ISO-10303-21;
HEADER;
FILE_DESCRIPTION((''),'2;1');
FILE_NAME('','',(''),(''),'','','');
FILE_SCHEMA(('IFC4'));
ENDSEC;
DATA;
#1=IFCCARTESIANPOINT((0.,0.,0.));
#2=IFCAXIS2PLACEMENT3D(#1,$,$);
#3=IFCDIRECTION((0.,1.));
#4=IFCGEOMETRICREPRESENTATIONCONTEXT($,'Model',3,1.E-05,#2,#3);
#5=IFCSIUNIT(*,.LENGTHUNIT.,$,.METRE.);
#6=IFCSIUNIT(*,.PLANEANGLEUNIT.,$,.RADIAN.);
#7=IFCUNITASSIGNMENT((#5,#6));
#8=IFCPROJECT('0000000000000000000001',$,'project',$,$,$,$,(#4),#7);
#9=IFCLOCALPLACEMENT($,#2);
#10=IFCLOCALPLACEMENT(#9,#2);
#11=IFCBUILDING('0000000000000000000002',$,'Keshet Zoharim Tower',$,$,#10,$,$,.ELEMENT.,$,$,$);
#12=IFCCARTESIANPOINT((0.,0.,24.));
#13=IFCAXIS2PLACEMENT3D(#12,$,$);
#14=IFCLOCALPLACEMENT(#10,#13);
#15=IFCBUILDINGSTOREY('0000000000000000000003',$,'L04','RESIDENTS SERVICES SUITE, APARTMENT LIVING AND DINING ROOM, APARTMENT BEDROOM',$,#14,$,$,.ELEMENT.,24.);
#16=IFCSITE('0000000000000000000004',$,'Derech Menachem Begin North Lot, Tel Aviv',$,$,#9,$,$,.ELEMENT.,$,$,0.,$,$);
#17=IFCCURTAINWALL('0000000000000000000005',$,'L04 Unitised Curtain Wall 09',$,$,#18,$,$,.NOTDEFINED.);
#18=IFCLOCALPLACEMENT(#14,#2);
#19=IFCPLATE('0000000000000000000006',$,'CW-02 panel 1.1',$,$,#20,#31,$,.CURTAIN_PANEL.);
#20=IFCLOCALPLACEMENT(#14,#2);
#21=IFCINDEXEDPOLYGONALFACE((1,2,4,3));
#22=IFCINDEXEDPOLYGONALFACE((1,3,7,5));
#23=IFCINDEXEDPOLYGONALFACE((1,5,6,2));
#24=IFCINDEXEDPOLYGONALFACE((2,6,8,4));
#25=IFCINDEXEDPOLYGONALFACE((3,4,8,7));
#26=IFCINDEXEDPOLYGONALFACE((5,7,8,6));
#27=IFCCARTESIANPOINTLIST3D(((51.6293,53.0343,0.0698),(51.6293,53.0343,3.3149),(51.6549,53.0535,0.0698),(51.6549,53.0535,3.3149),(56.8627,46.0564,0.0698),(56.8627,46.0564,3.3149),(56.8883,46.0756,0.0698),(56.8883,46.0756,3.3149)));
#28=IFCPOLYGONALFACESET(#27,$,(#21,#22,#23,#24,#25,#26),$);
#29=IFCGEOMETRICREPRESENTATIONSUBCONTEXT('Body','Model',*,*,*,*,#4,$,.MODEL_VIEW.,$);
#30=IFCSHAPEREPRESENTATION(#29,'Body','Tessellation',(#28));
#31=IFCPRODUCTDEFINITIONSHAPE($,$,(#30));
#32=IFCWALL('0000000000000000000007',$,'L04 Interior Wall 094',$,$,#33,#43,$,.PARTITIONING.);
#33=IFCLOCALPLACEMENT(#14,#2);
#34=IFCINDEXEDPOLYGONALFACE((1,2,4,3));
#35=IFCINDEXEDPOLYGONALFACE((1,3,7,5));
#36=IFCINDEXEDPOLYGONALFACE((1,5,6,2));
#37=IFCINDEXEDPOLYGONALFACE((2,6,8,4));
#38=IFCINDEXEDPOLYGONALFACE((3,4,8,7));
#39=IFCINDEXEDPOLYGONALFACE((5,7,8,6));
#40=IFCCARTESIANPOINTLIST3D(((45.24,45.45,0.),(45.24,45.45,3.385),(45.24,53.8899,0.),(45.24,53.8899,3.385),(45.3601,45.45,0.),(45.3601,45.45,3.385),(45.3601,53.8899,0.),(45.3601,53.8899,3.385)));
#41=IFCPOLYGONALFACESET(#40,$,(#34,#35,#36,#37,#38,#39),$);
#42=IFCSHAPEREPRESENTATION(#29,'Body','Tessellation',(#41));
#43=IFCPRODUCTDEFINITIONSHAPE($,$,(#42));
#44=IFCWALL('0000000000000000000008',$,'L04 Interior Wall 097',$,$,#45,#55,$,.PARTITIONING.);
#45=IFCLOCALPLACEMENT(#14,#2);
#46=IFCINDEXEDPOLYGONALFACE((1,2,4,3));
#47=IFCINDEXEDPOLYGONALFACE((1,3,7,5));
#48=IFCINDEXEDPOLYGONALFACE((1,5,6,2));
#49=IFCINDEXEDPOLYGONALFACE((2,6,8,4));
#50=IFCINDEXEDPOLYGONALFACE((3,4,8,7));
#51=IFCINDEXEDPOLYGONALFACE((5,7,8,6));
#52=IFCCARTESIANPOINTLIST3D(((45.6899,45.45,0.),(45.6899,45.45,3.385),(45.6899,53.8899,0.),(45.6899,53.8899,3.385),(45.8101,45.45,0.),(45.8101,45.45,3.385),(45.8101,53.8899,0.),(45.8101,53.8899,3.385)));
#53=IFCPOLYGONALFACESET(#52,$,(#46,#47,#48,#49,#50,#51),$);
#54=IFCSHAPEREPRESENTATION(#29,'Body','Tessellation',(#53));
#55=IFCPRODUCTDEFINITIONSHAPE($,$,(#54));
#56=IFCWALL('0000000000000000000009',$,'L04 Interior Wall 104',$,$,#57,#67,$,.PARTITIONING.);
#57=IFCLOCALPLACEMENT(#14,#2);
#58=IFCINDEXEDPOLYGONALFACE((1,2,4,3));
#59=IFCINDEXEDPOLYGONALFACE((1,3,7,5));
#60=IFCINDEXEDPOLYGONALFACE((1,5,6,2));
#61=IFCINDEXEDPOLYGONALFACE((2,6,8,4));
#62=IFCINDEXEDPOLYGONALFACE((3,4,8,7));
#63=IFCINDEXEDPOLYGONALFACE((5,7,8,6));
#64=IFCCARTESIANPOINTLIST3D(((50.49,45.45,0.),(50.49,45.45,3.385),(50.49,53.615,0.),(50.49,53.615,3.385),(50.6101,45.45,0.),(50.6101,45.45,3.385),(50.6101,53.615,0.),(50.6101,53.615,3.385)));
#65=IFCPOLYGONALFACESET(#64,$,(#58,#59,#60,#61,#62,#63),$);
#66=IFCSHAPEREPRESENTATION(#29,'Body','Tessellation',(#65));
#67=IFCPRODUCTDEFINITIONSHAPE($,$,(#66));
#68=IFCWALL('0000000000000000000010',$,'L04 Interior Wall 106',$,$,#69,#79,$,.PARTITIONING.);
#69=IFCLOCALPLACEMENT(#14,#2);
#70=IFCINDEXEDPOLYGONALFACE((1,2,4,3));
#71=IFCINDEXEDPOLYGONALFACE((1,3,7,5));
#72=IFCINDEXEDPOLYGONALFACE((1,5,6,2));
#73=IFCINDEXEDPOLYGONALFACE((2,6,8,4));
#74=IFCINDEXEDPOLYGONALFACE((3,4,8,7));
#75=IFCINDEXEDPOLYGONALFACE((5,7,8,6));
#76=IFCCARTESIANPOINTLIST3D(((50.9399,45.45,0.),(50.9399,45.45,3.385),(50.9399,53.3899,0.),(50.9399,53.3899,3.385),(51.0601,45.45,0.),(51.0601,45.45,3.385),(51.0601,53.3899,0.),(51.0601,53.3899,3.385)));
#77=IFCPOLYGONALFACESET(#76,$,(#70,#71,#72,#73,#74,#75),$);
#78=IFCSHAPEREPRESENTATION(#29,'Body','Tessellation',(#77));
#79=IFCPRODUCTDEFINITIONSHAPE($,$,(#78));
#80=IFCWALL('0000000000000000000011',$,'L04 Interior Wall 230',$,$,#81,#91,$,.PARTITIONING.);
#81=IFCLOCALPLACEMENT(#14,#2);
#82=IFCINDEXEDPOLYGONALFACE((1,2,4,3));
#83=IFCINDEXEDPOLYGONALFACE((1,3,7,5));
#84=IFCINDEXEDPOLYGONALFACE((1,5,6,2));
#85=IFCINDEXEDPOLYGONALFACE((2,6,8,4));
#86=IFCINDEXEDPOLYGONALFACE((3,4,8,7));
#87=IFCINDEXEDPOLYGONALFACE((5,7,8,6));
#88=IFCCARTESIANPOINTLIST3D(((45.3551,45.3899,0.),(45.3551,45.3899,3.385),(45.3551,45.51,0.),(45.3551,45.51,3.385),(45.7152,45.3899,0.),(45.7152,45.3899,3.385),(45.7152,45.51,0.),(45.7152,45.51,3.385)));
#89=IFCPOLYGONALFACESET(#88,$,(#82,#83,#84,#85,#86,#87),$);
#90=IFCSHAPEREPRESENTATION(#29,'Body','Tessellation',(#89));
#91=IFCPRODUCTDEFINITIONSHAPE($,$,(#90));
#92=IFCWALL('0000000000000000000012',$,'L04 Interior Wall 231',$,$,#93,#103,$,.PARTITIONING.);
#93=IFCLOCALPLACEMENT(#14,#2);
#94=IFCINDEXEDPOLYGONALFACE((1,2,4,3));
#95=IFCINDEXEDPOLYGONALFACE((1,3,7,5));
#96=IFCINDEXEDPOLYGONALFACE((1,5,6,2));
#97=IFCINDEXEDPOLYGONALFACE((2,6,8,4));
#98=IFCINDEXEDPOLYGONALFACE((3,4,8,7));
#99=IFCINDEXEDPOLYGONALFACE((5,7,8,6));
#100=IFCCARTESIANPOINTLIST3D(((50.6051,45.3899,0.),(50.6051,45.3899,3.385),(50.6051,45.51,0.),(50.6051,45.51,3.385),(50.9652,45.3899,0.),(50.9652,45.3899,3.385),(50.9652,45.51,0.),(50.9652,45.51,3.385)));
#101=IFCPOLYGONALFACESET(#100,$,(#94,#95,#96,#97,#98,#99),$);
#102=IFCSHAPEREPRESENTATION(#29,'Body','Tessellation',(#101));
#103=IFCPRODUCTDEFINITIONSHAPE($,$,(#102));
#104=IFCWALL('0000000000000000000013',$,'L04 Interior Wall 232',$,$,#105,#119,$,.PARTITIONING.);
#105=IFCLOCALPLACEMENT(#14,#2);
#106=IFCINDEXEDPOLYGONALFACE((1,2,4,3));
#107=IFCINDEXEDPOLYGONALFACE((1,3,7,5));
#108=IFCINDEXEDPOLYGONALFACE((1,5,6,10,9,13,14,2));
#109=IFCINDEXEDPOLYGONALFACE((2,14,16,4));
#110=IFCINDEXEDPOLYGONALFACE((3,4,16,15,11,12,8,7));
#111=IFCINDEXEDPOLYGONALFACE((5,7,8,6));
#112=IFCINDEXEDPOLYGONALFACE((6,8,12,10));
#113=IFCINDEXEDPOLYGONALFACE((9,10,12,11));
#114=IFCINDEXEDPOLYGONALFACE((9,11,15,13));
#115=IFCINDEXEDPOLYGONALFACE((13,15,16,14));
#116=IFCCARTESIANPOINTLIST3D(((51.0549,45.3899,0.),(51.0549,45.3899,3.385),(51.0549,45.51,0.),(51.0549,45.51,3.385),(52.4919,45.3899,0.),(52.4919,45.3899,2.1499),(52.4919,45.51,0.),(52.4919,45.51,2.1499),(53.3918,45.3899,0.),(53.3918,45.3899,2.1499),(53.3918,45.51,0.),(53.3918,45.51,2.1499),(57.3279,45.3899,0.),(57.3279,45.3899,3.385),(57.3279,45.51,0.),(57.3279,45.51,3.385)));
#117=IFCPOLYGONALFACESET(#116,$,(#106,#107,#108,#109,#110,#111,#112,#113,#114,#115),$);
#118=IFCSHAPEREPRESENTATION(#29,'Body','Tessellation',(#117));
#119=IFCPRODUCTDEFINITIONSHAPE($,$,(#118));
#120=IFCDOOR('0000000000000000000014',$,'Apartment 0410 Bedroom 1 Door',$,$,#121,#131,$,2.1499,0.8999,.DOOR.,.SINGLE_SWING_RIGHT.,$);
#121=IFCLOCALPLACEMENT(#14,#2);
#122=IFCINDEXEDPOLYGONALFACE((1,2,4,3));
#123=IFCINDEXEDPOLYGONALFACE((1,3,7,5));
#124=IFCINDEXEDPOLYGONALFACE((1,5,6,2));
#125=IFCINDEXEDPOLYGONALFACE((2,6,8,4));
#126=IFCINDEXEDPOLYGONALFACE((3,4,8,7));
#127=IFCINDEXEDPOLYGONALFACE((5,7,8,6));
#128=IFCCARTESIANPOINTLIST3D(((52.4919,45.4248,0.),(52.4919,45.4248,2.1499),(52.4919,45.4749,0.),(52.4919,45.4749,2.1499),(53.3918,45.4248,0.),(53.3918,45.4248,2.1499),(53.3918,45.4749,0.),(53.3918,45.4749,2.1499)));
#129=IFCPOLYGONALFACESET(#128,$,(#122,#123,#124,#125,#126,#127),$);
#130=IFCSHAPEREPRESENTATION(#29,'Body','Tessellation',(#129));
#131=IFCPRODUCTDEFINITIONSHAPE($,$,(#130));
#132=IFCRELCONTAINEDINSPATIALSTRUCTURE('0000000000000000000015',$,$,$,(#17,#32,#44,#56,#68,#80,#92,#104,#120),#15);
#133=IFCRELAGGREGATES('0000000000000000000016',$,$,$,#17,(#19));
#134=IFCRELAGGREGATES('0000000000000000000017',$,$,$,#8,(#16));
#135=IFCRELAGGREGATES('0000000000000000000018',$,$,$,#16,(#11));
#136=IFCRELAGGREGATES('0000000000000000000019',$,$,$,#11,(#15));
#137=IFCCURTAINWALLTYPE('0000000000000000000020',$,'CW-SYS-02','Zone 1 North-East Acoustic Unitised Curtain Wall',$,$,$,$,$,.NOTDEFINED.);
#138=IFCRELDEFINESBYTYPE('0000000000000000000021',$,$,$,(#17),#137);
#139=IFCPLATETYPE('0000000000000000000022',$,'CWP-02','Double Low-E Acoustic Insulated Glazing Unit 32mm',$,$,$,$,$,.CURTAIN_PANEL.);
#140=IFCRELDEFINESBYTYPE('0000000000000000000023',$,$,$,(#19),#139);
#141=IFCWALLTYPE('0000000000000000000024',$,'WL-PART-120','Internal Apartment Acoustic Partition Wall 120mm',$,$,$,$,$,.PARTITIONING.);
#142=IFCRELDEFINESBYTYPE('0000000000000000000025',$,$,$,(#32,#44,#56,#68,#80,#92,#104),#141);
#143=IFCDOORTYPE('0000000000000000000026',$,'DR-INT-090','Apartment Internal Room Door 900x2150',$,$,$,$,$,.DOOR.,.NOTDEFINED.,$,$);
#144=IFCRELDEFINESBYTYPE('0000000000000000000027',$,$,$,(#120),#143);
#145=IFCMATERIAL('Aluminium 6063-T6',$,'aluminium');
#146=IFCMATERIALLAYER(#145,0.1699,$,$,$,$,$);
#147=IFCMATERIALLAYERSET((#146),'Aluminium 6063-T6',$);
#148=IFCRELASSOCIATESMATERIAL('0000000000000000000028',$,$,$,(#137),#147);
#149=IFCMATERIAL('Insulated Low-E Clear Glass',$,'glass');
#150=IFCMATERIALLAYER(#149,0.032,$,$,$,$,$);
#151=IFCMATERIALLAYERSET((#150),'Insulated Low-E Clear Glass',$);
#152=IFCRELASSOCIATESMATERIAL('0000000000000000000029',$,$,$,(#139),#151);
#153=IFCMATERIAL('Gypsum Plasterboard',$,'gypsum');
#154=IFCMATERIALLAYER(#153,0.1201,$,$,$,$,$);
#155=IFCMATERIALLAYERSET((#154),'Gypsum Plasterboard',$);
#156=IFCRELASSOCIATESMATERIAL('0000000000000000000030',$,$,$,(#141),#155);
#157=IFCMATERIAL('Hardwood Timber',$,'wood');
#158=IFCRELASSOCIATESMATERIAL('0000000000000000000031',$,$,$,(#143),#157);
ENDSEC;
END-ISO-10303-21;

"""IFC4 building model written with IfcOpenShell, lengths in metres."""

from ifc_helpers import new_model, si_unit, direction, frame, frame_2d, origin, origin_2d, place, context, subcontext, project, spatial, rectangle, extrude, material, layer, layer_set, type_object, element, fill, aggregate, save


model = new_model("IFC4")

# Units and contexts
model_context = context("Model", 3, precision=1e-05, world=origin(), true_north=direction((0.0, 1.0)))
body_context = subcontext(model_context, "Body", "Model", "MODEL_VIEW")
ifc_project = project(units=[si_unit("LENGTHUNIT", "METRE"), si_unit("PLANEANGLEUNIT", "RADIAN")], contexts=[model_context])

# Site, building, storey
site_placement = place(None, origin())
site = spatial("IfcSite", under=ifc_project, at=site_placement, Name="Derech Menachem Begin North Lot, Tel Aviv", CompositionType="ELEMENT", RefElevation=0.0)
building_placement = place(site_placement, origin())
building = spatial("IfcBuilding", under=site, at=building_placement, Name="Keshet Zoharim Tower", CompositionType="ELEMENT")
storey_placement = place(building_placement, frame((0.0, 0.0, 24.0)))
storey = spatial("IfcBuildingStorey", under=building, at=storey_placement, Name="L04", Description="RESIDENTS SERVICES SUITE, APARTMENT LIVING AND DINING ROOM, APARTMENT BEDROOM", CompositionType="ELEMENT", Elevation=24.0)

# Shared definitions
ifc_material_1 = material(Name="Aluminium 6063-T6", Category="aluminium")
ifc_layer_1 = layer(ifc_material_1, 0.1699)
ifc_layer_set_1 = layer_set([ifc_layer_1], Name="Aluminium 6063-T6")
curtain_wall_type = type_object("IfcCurtainWallType", Name="CW-SYS-02", Description="Zone 1 North-East Acoustic Unitised Curtain Wall", PredefinedType="NOTDEFINED", material=ifc_layer_set_1)

# Curtain wall
curtain_wall_1_placement = place(storey_placement, origin())
curtain_wall_1 = element("IfcCurtainWall", 1, at=curtain_wall_1_placement, inside=storey, type_object=curtain_wall_type, Name="L04 Unitised Curtain Wall 09", PredefinedType="NOTDEFINED")

# Plate
ifc_material_2 = material(Name="Insulated Low-E Clear Glass", Category="glass")
ifc_layer_2 = layer(ifc_material_2, 0.032)
ifc_layer_set_2 = layer_set([ifc_layer_2], Name="Insulated Low-E Clear Glass")
plate_type = type_object("IfcPlateType", Name="CWP-02", Description="Double Low-E Acoustic Insulated Glazing Unit 32mm", PredefinedType="CURTAIN_PANEL", material=ifc_layer_set_2)
plate_1_placement = place(storey_placement, frame((54.2588, 49.5549, 0.0698), z_axis=(0.0, 0.0, 1.0), x_axis=(0.6, -0.8, 0.0)))
plate_1 = element("IfcPlate", 2, at=plate_1_placement, type_object=plate_type, Name="CW-02 panel 1.1", PredefinedType="CURTAIN_PANEL", context=body_context, shape_type="SweptSolid", body=[
    extrude(rectangle(XDim=8.7224, YDim=0.032, at=origin_2d()), origin(), (0.0, 0.0, 1.0), 3.2451),
])
aggregate(curtain_wall_1, [plate_1])

# Walls
ifc_material_3 = material(Name="Gypsum Plasterboard", Category="gypsum")
ifc_layer_3 = layer(ifc_material_3, 0.1201)
ifc_layer_set_3 = layer_set([ifc_layer_3], Name="Gypsum Plasterboard")
wall_type = type_object("IfcWallType", Name="WL-PART-120", Description="Internal Apartment Acoustic Partition Wall 120mm", PredefinedType="PARTITIONING", material=ifc_layer_set_3)
for number, where, z_axis, x_axis, name in (
    (3, (45.3, 45.45, 0.0), (0.0, 0.0, 1.0), (0.0, 1.0, 0.0), "L04 Interior Wall 094"),
    (4, (45.75, 45.45, 0.0), (0.0, 0.0, 1.0), (0.0, 1.0, 0.0), "L04 Interior Wall 097"),
):
    element("IfcWall", number, at=place(storey_placement, frame(where, z_axis=z_axis, x_axis=x_axis)), inside=storey, type_object=wall_type, Name=name, PredefinedType="PARTITIONING", context=body_context, shape_type="SweptSolid", body=[
        extrude(rectangle(XDim=8.4399, YDim=0.1201, at=frame_2d((4.22, 0.0))), origin(), (0.0, 0.0, 1.0), 3.385),
    ])
wall_1_placement = place(storey_placement, frame((50.55, 45.45, 0.0), z_axis=(0.0, 0.0, 1.0), x_axis=(0.0, 1.0, 0.0)))
element("IfcWall", 5, at=wall_1_placement, inside=storey, type_object=wall_type, Name="L04 Interior Wall 104", PredefinedType="PARTITIONING", context=body_context, shape_type="SweptSolid", body=[
    extrude(rectangle(XDim=8.165, YDim=0.1201, at=frame_2d((4.0825, 0.0))), origin(), (0.0, 0.0, 1.0), 3.385),
])
wall_2_placement = place(storey_placement, frame((51.0, 45.45, 0.0), z_axis=(0.0, 0.0, 1.0), x_axis=(0.0, 1.0, 0.0)))
element("IfcWall", 6, at=wall_2_placement, inside=storey, type_object=wall_type, Name="L04 Interior Wall 106", PredefinedType="PARTITIONING", context=body_context, shape_type="SweptSolid", body=[
    extrude(rectangle(XDim=7.9399, YDim=0.1201, at=frame_2d((3.97, 0.0))), origin(), (0.0, 0.0, 1.0), 3.385),
])
for number, where, z_axis, x_axis, name in (
    (7, (45.355, 45.45, 0.0), (0.0, 0.0, 1.0), (1.0, 0.0, 0.0), "L04 Interior Wall 230"),
    (8, (50.605, 45.45, 0.0), (0.0, 0.0, 1.0), (1.0, 0.0, 0.0), "L04 Interior Wall 231"),
):
    element("IfcWall", number, at=place(storey_placement, frame(where, z_axis=z_axis, x_axis=x_axis)), inside=storey, type_object=wall_type, Name=name, PredefinedType="PARTITIONING", context=body_context, shape_type="SweptSolid", body=[
        extrude(rectangle(XDim=0.3601, YDim=0.1201, at=frame_2d((0.1802, 0.0))), origin(), (0.0, 0.0, 1.0), 3.385),
    ])

# Wall, opening, door
wall_3_placement = place(storey_placement, frame((51.0549, 45.45, 0.0), z_axis=(0.0, 0.0, 1.0), x_axis=(1.0, 0.0, 0.0)))
wall_3 = element("IfcWall", 9, at=wall_3_placement, inside=storey, type_object=wall_type, Name="L04 Interior Wall 232", PredefinedType="PARTITIONING", context=body_context, shape_type="SweptSolid", body=[
    extrude(rectangle(XDim=6.2729, YDim=0.1201, at=frame_2d((3.1365, 0.0))), origin(), (0.0, 0.0, 1.0), 3.385),
])
opening_placement = place(wall_3_placement, frame((1.437, 0.0, 0.0)))
opening = element("IfcOpeningElement", 10, at=opening_placement, cuts=wall_3, PredefinedType="OPENING", context=body_context, shape_type="SweptSolid", body=[
    extrude(rectangle(XDim=0.8999, YDim=2.1499, at=frame_2d((0.45, 1.075))), frame((0.0, 0.0701, 0.0), z_axis=(0.0, -1.0, 0.0), x_axis=(1.0, 0.0, 0.0)), (0.0, 0.0, 1.0), 0.1401),
])
ifc_material_4 = material(Name="Hardwood Timber", Category="wood")
door_type = type_object("IfcDoorType", Name="DR-INT-090", Description="Apartment Internal Room Door 900x2150", OperationType="NOTDEFINED", PredefinedType="DOOR", material=ifc_material_4)
door_placement = place(opening_placement, origin())
door = element("IfcDoor", 11, at=door_placement, inside=storey, type_object=door_type, Name="Apartment 0410 Bedroom 1 Door", OperationType="SINGLE_SWING_RIGHT", OverallHeight=2.1499, OverallWidth=0.8999, PredefinedType="DOOR", context=body_context, shape_type="SweptSolid", body=[
    extrude(rectangle(XDim=0.8999, YDim=2.1499, at=frame_2d((0.45, 1.075))), frame((0.0, 0.0249, 0.0), z_axis=(0.0, -1.0, 0.0), x_axis=(1.0, 0.0, 0.0)), (0.0, 0.0, 1.0), 0.05),
])
fill(opening, door)

save(model, "model.ifc")
